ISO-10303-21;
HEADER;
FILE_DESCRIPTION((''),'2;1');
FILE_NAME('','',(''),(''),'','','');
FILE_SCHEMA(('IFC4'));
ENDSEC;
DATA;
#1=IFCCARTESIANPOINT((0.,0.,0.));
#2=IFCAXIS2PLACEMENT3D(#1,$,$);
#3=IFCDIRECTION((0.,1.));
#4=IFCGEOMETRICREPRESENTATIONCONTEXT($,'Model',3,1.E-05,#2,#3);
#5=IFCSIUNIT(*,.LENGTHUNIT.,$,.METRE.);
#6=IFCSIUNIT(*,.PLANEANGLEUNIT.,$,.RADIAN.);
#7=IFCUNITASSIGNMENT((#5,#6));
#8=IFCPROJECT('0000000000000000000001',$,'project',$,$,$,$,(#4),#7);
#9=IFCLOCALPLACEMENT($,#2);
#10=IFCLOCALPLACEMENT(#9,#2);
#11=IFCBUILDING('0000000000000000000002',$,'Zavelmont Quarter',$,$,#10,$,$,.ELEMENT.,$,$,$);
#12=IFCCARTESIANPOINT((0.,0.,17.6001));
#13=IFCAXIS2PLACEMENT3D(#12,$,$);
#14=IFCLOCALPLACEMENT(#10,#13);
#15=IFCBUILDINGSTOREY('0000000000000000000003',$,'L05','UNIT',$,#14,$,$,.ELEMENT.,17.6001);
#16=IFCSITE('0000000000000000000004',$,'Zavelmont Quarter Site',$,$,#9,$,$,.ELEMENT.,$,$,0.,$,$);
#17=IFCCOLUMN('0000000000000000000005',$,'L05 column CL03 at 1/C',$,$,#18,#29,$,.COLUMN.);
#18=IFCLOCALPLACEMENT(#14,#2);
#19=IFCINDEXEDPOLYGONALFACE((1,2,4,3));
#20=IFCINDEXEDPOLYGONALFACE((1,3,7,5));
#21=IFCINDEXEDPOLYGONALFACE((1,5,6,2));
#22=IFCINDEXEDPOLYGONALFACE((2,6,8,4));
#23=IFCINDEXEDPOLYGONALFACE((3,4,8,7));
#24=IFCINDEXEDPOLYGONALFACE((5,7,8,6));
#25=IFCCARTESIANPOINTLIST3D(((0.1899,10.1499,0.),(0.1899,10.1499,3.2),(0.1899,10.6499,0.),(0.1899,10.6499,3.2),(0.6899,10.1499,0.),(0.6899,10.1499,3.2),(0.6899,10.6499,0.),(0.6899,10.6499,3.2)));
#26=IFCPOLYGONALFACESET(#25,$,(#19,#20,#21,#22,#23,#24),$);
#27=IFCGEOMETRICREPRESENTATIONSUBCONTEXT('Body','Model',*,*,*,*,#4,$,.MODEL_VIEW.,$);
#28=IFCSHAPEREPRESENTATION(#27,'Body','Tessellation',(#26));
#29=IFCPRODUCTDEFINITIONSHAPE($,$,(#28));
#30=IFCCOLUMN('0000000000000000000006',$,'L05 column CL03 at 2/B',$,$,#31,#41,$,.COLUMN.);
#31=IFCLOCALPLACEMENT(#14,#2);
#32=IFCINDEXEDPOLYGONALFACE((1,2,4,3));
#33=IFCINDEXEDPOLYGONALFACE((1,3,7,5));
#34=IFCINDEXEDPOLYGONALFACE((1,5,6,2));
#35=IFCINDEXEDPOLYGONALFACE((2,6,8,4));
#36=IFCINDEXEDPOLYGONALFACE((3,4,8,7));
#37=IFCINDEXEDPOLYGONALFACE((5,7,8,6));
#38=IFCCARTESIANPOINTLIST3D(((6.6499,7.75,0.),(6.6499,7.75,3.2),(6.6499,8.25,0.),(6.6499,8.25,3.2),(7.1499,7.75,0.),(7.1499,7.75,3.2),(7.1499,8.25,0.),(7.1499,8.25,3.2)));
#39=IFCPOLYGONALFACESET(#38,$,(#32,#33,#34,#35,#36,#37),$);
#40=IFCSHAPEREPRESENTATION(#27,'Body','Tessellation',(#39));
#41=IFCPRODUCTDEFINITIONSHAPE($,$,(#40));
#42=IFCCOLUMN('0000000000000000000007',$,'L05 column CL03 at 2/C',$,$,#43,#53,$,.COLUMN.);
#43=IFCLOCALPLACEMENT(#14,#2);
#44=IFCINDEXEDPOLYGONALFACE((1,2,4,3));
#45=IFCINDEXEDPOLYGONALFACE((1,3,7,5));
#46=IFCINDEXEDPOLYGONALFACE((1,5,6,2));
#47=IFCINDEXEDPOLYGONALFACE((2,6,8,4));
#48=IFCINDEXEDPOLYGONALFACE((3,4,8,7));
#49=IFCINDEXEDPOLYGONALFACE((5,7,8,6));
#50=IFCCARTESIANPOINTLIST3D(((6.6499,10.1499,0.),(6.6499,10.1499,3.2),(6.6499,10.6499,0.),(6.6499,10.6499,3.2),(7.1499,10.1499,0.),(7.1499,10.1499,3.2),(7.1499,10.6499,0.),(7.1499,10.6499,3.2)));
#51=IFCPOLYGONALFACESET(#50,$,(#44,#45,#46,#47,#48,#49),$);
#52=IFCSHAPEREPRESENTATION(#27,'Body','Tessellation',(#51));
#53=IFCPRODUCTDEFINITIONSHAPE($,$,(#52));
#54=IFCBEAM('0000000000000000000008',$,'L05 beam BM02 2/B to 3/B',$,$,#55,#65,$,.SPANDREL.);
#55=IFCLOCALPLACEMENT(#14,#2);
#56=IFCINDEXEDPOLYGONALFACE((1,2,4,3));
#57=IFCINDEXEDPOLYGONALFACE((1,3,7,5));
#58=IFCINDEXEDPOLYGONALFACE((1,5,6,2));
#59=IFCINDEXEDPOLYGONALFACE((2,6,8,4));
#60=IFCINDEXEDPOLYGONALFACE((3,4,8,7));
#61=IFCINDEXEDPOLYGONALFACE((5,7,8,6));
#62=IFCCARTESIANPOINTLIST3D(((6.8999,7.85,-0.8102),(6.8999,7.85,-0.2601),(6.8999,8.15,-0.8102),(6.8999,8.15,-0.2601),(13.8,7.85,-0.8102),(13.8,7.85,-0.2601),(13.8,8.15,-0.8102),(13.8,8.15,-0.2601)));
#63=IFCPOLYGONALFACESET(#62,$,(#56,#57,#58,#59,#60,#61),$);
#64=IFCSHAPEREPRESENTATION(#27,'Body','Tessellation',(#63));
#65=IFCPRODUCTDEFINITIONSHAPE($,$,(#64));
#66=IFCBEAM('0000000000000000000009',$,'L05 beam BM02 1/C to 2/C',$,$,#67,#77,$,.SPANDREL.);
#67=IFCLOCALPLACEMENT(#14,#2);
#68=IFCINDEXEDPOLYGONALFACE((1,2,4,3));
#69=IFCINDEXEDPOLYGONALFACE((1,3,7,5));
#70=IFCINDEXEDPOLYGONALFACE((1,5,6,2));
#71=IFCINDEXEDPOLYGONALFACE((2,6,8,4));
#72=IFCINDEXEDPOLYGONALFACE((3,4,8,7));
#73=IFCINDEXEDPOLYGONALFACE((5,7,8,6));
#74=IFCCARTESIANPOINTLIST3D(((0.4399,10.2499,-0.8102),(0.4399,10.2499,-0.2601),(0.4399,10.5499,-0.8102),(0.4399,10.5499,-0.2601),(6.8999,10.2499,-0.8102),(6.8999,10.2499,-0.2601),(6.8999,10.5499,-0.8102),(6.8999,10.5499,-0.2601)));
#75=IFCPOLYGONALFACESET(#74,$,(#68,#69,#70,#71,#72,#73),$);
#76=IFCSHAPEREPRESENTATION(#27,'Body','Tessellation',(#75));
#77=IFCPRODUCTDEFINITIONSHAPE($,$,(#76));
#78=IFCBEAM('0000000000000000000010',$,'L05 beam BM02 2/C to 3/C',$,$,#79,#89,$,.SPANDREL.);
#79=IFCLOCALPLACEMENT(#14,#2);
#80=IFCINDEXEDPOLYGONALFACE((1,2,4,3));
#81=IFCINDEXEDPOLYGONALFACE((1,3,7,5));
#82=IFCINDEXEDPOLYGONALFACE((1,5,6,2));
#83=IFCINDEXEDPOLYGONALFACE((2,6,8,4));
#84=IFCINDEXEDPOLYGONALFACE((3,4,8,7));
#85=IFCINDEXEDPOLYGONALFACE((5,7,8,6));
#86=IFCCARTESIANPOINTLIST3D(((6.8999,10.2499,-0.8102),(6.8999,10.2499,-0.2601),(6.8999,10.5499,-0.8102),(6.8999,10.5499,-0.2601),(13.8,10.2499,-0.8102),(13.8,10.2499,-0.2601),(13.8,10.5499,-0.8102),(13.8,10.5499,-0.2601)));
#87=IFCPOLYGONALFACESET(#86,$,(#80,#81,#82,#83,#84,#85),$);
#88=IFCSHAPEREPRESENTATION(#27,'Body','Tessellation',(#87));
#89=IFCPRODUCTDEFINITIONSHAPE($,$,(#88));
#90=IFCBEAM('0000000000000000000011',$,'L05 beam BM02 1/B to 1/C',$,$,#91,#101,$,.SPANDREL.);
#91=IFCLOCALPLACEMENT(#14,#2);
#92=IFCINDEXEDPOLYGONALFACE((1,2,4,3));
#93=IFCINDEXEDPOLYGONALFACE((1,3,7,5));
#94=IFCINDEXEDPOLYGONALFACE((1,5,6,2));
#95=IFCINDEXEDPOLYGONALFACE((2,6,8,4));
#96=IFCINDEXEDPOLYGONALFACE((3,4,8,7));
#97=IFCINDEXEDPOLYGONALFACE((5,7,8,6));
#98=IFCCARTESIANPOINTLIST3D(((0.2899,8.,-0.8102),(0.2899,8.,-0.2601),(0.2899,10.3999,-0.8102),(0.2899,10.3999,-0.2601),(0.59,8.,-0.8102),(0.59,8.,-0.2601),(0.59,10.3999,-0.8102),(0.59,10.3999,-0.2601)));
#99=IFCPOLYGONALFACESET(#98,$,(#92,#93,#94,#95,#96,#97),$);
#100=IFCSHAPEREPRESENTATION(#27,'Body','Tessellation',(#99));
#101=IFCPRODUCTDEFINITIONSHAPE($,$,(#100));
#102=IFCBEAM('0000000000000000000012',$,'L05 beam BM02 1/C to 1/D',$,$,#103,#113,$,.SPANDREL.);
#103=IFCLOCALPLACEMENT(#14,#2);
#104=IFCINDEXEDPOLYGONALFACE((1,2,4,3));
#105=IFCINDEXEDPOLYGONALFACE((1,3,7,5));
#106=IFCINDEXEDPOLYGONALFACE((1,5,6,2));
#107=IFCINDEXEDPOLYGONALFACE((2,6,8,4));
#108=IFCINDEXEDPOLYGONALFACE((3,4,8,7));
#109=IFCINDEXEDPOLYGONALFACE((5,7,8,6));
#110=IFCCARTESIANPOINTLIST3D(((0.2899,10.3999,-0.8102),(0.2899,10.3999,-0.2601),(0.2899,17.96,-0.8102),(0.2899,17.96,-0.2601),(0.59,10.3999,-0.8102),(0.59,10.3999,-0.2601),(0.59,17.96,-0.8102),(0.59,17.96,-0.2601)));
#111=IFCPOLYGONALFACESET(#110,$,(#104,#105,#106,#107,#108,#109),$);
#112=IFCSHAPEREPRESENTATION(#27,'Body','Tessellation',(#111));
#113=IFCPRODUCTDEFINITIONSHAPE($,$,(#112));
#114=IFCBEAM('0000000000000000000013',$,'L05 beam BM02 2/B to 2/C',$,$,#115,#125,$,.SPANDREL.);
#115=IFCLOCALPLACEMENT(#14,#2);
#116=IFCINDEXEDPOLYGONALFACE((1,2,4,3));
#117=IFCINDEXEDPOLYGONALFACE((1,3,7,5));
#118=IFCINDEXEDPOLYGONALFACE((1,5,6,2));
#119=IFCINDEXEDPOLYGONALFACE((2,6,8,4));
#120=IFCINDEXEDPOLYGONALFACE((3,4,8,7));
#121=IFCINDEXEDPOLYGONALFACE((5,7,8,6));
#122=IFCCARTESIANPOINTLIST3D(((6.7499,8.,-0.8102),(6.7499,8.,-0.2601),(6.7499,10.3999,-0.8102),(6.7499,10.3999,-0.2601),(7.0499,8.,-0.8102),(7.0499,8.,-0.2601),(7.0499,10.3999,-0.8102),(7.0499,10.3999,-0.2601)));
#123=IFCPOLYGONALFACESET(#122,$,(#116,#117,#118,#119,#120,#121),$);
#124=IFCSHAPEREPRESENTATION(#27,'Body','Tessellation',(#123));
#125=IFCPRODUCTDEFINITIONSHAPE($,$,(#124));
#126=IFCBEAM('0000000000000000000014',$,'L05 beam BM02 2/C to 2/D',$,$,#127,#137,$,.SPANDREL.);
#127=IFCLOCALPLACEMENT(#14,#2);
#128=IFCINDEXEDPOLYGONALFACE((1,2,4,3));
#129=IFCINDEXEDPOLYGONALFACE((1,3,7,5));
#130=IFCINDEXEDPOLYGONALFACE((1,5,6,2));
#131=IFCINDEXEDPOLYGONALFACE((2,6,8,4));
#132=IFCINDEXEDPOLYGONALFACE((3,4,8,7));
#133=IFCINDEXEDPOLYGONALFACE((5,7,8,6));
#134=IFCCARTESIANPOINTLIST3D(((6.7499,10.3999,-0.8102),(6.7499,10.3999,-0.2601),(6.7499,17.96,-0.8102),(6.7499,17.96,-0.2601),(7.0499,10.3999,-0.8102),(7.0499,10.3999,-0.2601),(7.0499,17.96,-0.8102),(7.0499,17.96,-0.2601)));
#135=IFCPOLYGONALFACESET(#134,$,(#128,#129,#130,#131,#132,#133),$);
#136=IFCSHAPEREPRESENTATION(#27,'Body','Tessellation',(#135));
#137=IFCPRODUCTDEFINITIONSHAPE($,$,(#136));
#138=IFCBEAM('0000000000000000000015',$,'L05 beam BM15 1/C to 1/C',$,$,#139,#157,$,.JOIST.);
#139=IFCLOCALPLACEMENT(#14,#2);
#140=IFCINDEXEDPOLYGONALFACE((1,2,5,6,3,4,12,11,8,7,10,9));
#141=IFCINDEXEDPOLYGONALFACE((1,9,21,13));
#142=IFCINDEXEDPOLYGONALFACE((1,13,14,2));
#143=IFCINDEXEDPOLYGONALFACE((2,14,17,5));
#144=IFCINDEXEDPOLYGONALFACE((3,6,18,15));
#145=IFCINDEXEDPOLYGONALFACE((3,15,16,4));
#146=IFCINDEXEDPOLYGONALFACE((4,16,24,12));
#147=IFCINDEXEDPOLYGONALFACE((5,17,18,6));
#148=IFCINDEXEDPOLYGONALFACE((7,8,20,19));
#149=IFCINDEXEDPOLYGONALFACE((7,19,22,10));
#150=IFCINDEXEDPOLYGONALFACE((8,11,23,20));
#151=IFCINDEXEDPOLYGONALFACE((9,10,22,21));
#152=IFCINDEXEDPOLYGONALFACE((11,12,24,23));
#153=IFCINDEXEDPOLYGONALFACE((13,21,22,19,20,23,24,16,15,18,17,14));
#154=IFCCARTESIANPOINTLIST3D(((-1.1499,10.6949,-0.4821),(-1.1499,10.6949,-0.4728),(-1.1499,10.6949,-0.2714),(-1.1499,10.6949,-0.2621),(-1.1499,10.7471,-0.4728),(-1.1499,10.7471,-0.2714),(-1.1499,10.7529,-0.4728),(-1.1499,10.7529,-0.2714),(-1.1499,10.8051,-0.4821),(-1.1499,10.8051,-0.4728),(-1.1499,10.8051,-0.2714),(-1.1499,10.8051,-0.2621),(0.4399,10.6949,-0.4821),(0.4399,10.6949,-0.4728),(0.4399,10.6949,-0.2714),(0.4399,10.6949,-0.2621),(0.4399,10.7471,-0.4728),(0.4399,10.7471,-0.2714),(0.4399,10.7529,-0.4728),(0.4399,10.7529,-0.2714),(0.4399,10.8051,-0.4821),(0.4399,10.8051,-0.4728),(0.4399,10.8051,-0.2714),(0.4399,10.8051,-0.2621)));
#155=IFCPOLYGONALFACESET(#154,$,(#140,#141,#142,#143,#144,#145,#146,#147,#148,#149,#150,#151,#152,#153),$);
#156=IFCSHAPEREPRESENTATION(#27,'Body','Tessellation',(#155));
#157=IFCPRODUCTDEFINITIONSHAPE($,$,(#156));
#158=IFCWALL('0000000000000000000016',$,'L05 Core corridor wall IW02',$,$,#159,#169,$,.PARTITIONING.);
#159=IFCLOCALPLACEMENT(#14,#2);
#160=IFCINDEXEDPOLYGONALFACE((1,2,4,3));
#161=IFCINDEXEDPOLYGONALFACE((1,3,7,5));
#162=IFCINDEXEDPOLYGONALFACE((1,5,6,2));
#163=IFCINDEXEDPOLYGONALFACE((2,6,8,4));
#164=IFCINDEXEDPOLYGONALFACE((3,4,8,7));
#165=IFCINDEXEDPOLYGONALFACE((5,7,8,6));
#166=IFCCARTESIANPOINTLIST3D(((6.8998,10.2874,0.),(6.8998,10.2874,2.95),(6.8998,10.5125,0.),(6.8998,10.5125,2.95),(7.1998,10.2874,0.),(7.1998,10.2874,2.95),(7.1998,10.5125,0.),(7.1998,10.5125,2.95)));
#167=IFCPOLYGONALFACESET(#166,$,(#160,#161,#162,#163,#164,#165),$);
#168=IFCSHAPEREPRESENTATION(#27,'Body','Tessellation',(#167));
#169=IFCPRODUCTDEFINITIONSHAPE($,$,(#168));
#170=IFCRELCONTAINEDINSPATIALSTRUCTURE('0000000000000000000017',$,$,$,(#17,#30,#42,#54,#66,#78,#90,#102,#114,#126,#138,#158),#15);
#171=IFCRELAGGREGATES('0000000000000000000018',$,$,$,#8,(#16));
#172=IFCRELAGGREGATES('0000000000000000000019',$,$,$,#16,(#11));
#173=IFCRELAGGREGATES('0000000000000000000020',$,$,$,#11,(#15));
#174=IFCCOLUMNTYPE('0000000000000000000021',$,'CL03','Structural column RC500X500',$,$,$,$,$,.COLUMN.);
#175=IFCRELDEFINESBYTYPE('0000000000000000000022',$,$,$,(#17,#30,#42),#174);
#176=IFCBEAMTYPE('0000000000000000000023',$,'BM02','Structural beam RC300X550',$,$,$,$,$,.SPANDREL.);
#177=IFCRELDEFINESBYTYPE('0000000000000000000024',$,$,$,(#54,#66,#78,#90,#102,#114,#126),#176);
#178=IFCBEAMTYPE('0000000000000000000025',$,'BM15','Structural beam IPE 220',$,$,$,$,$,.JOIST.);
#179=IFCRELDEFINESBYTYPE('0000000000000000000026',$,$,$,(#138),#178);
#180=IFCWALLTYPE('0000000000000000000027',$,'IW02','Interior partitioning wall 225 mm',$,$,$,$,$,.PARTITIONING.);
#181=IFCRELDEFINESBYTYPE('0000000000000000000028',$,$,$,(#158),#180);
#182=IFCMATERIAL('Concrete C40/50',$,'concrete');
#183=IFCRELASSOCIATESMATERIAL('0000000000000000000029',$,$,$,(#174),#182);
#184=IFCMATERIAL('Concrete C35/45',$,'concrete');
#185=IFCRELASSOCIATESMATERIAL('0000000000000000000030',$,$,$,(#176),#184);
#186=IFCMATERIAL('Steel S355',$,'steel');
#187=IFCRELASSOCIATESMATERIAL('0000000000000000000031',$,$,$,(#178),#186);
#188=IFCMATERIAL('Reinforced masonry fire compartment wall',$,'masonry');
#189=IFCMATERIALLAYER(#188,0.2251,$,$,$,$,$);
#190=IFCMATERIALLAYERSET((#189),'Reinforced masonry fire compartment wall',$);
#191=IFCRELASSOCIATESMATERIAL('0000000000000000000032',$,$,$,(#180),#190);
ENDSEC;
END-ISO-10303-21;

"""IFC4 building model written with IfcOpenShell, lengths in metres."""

from ifc_helpers import new_model, si_unit, direction, frame, frame_2d, origin, origin_2d, place, context, subcontext, project, spatial, rectangle, i_section, extrude, material, layer, layer_set, material_profile, profile_set, type_object, element, save


model = new_model("IFC4")

# Units and contexts
model_context = context("Model", 3, precision=1e-05, world=origin(), true_north=direction((0.0, 1.0)))
body_context = subcontext(model_context, "Body", "Model", "MODEL_VIEW")
ifc_project = project(units=[si_unit("LENGTHUNIT", "METRE"), si_unit("PLANEANGLEUNIT", "RADIAN")], contexts=[model_context])

# Site, building, storey
site_placement = place(None, origin())
site = spatial("IfcSite", under=ifc_project, at=site_placement, Name="Zavelmont Quarter Site", CompositionType="ELEMENT", RefElevation=0.0)
building_placement = place(site_placement, origin())
building = spatial("IfcBuilding", under=site, at=building_placement, Name="Zavelmont Quarter", CompositionType="ELEMENT")
storey_placement = place(building_placement, frame((0.0, 0.0, 17.6001)))
storey = spatial("IfcBuildingStorey", under=building, at=storey_placement, Name="L05", Description="UNIT", CompositionType="ELEMENT", Elevation=17.6001)

# Columns
ifc_material_1 = material(Name="Concrete C40/50", Category="concrete")
ifc_material_profile_1 = material_profile(ifc_material_1, rectangle(XDim=0.5, YDim=0.5, at=origin_2d()), Name="RC500X500")
ifc_profile_set_1 = profile_set([ifc_material_profile_1], Name="Concrete C40/50")
column_type = type_object("IfcColumnType", Name="CL03", Description="Structural column RC500X500", PredefinedType="COLUMN", material=ifc_profile_set_1)
for number, where, z_axis, x_axis, name in (
    (1, (0.4399, 10.3999, 0.0), (0.0, 0.0, 1.0), (1.0, 0.0, 0.0), "L05 column CL03 at 1/C"),
    (2, (6.8999, 8.0, 0.0), (0.0, 0.0, 1.0), (1.0, 0.0, 0.0), "L05 column CL03 at 2/B"),
    (3, (6.8999, 10.3999, 0.0), (0.0, 0.0, 1.0), (1.0, 0.0, 0.0), "L05 column CL03 at 2/C"),
):
    element("IfcColumn", number, at=place(storey_placement, frame(where, z_axis=z_axis, x_axis=x_axis)), inside=storey, type_object=column_type, Name=name, PredefinedType="COLUMN", context=body_context, shape_type="SweptSolid", body=[
        extrude(rectangle(XDim=0.5, YDim=0.5, at=origin_2d()), origin(), (0.0, 0.0, 1.0), 3.2),
    ])

# Beams
ifc_material_2 = material(Name="Concrete C35/45", Category="concrete")
ifc_material_profile_2 = material_profile(ifc_material_2, rectangle(XDim=0.3, YDim=0.55, at=origin_2d()), Name="RC300X550")
ifc_profile_set_2 = profile_set([ifc_material_profile_2], Name="Concrete C35/45")
beam_type_1 = type_object("IfcBeamType", Name="BM02", Description="Structural beam RC300X550", PredefinedType="SPANDREL", material=ifc_profile_set_2)
beam_1_placement = place(storey_placement, frame((6.8999, 8.0, -0.5352), z_axis=(1.0, 0.0, 0.0), x_axis=(0.0, 1.0, 0.0)))
element("IfcBeam", 4, at=beam_1_placement, inside=storey, type_object=beam_type_1, Name="L05 beam BM02 2/B to 3/B", PredefinedType="SPANDREL", context=body_context, shape_type="SweptSolid", body=[
    extrude(rectangle(XDim=0.3, YDim=0.55, at=origin_2d()), origin(), (0.0, 0.0, 1.0), 6.9001),
])
beam_2_placement = place(storey_placement, frame((0.4399, 10.3999, -0.5352), z_axis=(1.0, 0.0, 0.0), x_axis=(0.0, 1.0, 0.0)))
element("IfcBeam", 5, at=beam_2_placement, inside=storey, type_object=beam_type_1, Name="L05 beam BM02 1/C to 2/C", PredefinedType="SPANDREL", context=body_context, shape_type="SweptSolid", body=[
    extrude(rectangle(XDim=0.3, YDim=0.55, at=origin_2d()), origin(), (0.0, 0.0, 1.0), 6.46),
])
beam_3_placement = place(storey_placement, frame((6.8999, 10.3999, -0.5352), z_axis=(1.0, 0.0, 0.0), x_axis=(0.0, 1.0, 0.0)))
element("IfcBeam", 6, at=beam_3_placement, inside=storey, type_object=beam_type_1, Name="L05 beam BM02 2/C to 3/C", PredefinedType="SPANDREL", context=body_context, shape_type="SweptSolid", body=[
    extrude(rectangle(XDim=0.3, YDim=0.55, at=origin_2d()), origin(), (0.0, 0.0, 1.0), 6.9001),
])
beam_4_placement = place(storey_placement, frame((0.4399, 8.0, -0.5352), z_axis=(0.0, 1.0, 0.0), x_axis=(-1.0, 0.0, 0.0)))
element("IfcBeam", 7, at=beam_4_placement, inside=storey, type_object=beam_type_1, Name="L05 beam BM02 1/B to 1/C", PredefinedType="SPANDREL", context=body_context, shape_type="SweptSolid", body=[
    extrude(rectangle(XDim=0.3, YDim=0.55, at=origin_2d()), origin(), (0.0, 0.0, 1.0), 2.3999),
])
beam_5_placement = place(storey_placement, frame((0.4399, 10.3999, -0.5352), z_axis=(0.0, 1.0, 0.0), x_axis=(-1.0, 0.0, 0.0)))
element("IfcBeam", 8, at=beam_5_placement, inside=storey, type_object=beam_type_1, Name="L05 beam BM02 1/C to 1/D", PredefinedType="SPANDREL", context=body_context, shape_type="SweptSolid", body=[
    extrude(rectangle(XDim=0.3, YDim=0.55, at=origin_2d()), origin(), (0.0, 0.0, 1.0), 7.5601),
])
beam_6_placement = place(storey_placement, frame((6.8999, 8.0, -0.5352), z_axis=(0.0, 1.0, 0.0), x_axis=(-1.0, 0.0, 0.0)))
element("IfcBeam", 9, at=beam_6_placement, inside=storey, type_object=beam_type_1, Name="L05 beam BM02 2/B to 2/C", PredefinedType="SPANDREL", context=body_context, shape_type="SweptSolid", body=[
    extrude(rectangle(XDim=0.3, YDim=0.55, at=origin_2d()), origin(), (0.0, 0.0, 1.0), 2.3999),
])
beam_7_placement = place(storey_placement, frame((6.8999, 10.3999, -0.5352), z_axis=(0.0, 1.0, 0.0), x_axis=(-1.0, 0.0, 0.0)))
element("IfcBeam", 10, at=beam_7_placement, inside=storey, type_object=beam_type_1, Name="L05 beam BM02 2/C to 2/D", PredefinedType="SPANDREL", context=body_context, shape_type="SweptSolid", body=[
    extrude(rectangle(XDim=0.3, YDim=0.55, at=origin_2d()), origin(), (0.0, 0.0, 1.0), 7.5601),
])
ifc_material_3 = material(Name="Steel S355", Category="steel")
ifc_material_profile_3 = material_profile(ifc_material_3, i_section(OverallWidth=0.1101, OverallDepth=0.22, WebThickness=0.0059, FlangeThickness=0.0093, at=origin_2d()), Name="IPE 220")
ifc_profile_set_3 = profile_set([ifc_material_profile_3], Name="Steel S355")
beam_type_2 = type_object("IfcBeamType", Name="BM15", Description="Structural beam IPE 220", PredefinedType="JOIST", material=ifc_profile_set_3)
beam_8_placement = place(storey_placement, frame((0.4399, 10.75, -0.3721), z_axis=(-1.0, 0.0, 0.0), x_axis=(0.0, -1.0, 0.0)))
element("IfcBeam", 11, at=beam_8_placement, inside=storey, type_object=beam_type_2, Name="L05 beam BM15 1/C to 1/C", PredefinedType="JOIST", context=body_context, shape_type="SweptSolid", body=[
    extrude(i_section(OverallWidth=0.1101, OverallDepth=0.22, WebThickness=0.0059, FlangeThickness=0.0093, at=origin_2d()), origin(), (0.0, 0.0, 1.0), 1.5898),
])

# Wall
ifc_material_4 = material(Name="Reinforced masonry fire compartment wall", Category="masonry")
ifc_layer_1 = layer(ifc_material_4, 0.2251)
ifc_layer_set_1 = layer_set([ifc_layer_1], Name="Reinforced masonry fire compartment wall")
wall_type_1 = type_object("IfcWallType", Name="IW02", Description="Interior partitioning wall 225 mm", PredefinedType="PARTITIONING", material=ifc_layer_set_1)
wall_1_placement = place(storey_placement, frame((6.8999, 10.3999, 0.0), z_axis=(0.0, 0.0, 1.0), x_axis=(1.0, 0.0, 0.0)))
element("IfcWall", 12, at=wall_1_placement, inside=storey, type_object=wall_type_1, Name="L05 Core corridor wall IW02", PredefinedType="PARTITIONING", context=body_context, shape_type="SweptSolid", body=[
    extrude(rectangle(XDim=0.3, YDim=0.2251, at=frame_2d((0.1499, 0.0))), origin(), (0.0, 0.0, 1.0), 2.95),
])

save(model, "model.ifc")
